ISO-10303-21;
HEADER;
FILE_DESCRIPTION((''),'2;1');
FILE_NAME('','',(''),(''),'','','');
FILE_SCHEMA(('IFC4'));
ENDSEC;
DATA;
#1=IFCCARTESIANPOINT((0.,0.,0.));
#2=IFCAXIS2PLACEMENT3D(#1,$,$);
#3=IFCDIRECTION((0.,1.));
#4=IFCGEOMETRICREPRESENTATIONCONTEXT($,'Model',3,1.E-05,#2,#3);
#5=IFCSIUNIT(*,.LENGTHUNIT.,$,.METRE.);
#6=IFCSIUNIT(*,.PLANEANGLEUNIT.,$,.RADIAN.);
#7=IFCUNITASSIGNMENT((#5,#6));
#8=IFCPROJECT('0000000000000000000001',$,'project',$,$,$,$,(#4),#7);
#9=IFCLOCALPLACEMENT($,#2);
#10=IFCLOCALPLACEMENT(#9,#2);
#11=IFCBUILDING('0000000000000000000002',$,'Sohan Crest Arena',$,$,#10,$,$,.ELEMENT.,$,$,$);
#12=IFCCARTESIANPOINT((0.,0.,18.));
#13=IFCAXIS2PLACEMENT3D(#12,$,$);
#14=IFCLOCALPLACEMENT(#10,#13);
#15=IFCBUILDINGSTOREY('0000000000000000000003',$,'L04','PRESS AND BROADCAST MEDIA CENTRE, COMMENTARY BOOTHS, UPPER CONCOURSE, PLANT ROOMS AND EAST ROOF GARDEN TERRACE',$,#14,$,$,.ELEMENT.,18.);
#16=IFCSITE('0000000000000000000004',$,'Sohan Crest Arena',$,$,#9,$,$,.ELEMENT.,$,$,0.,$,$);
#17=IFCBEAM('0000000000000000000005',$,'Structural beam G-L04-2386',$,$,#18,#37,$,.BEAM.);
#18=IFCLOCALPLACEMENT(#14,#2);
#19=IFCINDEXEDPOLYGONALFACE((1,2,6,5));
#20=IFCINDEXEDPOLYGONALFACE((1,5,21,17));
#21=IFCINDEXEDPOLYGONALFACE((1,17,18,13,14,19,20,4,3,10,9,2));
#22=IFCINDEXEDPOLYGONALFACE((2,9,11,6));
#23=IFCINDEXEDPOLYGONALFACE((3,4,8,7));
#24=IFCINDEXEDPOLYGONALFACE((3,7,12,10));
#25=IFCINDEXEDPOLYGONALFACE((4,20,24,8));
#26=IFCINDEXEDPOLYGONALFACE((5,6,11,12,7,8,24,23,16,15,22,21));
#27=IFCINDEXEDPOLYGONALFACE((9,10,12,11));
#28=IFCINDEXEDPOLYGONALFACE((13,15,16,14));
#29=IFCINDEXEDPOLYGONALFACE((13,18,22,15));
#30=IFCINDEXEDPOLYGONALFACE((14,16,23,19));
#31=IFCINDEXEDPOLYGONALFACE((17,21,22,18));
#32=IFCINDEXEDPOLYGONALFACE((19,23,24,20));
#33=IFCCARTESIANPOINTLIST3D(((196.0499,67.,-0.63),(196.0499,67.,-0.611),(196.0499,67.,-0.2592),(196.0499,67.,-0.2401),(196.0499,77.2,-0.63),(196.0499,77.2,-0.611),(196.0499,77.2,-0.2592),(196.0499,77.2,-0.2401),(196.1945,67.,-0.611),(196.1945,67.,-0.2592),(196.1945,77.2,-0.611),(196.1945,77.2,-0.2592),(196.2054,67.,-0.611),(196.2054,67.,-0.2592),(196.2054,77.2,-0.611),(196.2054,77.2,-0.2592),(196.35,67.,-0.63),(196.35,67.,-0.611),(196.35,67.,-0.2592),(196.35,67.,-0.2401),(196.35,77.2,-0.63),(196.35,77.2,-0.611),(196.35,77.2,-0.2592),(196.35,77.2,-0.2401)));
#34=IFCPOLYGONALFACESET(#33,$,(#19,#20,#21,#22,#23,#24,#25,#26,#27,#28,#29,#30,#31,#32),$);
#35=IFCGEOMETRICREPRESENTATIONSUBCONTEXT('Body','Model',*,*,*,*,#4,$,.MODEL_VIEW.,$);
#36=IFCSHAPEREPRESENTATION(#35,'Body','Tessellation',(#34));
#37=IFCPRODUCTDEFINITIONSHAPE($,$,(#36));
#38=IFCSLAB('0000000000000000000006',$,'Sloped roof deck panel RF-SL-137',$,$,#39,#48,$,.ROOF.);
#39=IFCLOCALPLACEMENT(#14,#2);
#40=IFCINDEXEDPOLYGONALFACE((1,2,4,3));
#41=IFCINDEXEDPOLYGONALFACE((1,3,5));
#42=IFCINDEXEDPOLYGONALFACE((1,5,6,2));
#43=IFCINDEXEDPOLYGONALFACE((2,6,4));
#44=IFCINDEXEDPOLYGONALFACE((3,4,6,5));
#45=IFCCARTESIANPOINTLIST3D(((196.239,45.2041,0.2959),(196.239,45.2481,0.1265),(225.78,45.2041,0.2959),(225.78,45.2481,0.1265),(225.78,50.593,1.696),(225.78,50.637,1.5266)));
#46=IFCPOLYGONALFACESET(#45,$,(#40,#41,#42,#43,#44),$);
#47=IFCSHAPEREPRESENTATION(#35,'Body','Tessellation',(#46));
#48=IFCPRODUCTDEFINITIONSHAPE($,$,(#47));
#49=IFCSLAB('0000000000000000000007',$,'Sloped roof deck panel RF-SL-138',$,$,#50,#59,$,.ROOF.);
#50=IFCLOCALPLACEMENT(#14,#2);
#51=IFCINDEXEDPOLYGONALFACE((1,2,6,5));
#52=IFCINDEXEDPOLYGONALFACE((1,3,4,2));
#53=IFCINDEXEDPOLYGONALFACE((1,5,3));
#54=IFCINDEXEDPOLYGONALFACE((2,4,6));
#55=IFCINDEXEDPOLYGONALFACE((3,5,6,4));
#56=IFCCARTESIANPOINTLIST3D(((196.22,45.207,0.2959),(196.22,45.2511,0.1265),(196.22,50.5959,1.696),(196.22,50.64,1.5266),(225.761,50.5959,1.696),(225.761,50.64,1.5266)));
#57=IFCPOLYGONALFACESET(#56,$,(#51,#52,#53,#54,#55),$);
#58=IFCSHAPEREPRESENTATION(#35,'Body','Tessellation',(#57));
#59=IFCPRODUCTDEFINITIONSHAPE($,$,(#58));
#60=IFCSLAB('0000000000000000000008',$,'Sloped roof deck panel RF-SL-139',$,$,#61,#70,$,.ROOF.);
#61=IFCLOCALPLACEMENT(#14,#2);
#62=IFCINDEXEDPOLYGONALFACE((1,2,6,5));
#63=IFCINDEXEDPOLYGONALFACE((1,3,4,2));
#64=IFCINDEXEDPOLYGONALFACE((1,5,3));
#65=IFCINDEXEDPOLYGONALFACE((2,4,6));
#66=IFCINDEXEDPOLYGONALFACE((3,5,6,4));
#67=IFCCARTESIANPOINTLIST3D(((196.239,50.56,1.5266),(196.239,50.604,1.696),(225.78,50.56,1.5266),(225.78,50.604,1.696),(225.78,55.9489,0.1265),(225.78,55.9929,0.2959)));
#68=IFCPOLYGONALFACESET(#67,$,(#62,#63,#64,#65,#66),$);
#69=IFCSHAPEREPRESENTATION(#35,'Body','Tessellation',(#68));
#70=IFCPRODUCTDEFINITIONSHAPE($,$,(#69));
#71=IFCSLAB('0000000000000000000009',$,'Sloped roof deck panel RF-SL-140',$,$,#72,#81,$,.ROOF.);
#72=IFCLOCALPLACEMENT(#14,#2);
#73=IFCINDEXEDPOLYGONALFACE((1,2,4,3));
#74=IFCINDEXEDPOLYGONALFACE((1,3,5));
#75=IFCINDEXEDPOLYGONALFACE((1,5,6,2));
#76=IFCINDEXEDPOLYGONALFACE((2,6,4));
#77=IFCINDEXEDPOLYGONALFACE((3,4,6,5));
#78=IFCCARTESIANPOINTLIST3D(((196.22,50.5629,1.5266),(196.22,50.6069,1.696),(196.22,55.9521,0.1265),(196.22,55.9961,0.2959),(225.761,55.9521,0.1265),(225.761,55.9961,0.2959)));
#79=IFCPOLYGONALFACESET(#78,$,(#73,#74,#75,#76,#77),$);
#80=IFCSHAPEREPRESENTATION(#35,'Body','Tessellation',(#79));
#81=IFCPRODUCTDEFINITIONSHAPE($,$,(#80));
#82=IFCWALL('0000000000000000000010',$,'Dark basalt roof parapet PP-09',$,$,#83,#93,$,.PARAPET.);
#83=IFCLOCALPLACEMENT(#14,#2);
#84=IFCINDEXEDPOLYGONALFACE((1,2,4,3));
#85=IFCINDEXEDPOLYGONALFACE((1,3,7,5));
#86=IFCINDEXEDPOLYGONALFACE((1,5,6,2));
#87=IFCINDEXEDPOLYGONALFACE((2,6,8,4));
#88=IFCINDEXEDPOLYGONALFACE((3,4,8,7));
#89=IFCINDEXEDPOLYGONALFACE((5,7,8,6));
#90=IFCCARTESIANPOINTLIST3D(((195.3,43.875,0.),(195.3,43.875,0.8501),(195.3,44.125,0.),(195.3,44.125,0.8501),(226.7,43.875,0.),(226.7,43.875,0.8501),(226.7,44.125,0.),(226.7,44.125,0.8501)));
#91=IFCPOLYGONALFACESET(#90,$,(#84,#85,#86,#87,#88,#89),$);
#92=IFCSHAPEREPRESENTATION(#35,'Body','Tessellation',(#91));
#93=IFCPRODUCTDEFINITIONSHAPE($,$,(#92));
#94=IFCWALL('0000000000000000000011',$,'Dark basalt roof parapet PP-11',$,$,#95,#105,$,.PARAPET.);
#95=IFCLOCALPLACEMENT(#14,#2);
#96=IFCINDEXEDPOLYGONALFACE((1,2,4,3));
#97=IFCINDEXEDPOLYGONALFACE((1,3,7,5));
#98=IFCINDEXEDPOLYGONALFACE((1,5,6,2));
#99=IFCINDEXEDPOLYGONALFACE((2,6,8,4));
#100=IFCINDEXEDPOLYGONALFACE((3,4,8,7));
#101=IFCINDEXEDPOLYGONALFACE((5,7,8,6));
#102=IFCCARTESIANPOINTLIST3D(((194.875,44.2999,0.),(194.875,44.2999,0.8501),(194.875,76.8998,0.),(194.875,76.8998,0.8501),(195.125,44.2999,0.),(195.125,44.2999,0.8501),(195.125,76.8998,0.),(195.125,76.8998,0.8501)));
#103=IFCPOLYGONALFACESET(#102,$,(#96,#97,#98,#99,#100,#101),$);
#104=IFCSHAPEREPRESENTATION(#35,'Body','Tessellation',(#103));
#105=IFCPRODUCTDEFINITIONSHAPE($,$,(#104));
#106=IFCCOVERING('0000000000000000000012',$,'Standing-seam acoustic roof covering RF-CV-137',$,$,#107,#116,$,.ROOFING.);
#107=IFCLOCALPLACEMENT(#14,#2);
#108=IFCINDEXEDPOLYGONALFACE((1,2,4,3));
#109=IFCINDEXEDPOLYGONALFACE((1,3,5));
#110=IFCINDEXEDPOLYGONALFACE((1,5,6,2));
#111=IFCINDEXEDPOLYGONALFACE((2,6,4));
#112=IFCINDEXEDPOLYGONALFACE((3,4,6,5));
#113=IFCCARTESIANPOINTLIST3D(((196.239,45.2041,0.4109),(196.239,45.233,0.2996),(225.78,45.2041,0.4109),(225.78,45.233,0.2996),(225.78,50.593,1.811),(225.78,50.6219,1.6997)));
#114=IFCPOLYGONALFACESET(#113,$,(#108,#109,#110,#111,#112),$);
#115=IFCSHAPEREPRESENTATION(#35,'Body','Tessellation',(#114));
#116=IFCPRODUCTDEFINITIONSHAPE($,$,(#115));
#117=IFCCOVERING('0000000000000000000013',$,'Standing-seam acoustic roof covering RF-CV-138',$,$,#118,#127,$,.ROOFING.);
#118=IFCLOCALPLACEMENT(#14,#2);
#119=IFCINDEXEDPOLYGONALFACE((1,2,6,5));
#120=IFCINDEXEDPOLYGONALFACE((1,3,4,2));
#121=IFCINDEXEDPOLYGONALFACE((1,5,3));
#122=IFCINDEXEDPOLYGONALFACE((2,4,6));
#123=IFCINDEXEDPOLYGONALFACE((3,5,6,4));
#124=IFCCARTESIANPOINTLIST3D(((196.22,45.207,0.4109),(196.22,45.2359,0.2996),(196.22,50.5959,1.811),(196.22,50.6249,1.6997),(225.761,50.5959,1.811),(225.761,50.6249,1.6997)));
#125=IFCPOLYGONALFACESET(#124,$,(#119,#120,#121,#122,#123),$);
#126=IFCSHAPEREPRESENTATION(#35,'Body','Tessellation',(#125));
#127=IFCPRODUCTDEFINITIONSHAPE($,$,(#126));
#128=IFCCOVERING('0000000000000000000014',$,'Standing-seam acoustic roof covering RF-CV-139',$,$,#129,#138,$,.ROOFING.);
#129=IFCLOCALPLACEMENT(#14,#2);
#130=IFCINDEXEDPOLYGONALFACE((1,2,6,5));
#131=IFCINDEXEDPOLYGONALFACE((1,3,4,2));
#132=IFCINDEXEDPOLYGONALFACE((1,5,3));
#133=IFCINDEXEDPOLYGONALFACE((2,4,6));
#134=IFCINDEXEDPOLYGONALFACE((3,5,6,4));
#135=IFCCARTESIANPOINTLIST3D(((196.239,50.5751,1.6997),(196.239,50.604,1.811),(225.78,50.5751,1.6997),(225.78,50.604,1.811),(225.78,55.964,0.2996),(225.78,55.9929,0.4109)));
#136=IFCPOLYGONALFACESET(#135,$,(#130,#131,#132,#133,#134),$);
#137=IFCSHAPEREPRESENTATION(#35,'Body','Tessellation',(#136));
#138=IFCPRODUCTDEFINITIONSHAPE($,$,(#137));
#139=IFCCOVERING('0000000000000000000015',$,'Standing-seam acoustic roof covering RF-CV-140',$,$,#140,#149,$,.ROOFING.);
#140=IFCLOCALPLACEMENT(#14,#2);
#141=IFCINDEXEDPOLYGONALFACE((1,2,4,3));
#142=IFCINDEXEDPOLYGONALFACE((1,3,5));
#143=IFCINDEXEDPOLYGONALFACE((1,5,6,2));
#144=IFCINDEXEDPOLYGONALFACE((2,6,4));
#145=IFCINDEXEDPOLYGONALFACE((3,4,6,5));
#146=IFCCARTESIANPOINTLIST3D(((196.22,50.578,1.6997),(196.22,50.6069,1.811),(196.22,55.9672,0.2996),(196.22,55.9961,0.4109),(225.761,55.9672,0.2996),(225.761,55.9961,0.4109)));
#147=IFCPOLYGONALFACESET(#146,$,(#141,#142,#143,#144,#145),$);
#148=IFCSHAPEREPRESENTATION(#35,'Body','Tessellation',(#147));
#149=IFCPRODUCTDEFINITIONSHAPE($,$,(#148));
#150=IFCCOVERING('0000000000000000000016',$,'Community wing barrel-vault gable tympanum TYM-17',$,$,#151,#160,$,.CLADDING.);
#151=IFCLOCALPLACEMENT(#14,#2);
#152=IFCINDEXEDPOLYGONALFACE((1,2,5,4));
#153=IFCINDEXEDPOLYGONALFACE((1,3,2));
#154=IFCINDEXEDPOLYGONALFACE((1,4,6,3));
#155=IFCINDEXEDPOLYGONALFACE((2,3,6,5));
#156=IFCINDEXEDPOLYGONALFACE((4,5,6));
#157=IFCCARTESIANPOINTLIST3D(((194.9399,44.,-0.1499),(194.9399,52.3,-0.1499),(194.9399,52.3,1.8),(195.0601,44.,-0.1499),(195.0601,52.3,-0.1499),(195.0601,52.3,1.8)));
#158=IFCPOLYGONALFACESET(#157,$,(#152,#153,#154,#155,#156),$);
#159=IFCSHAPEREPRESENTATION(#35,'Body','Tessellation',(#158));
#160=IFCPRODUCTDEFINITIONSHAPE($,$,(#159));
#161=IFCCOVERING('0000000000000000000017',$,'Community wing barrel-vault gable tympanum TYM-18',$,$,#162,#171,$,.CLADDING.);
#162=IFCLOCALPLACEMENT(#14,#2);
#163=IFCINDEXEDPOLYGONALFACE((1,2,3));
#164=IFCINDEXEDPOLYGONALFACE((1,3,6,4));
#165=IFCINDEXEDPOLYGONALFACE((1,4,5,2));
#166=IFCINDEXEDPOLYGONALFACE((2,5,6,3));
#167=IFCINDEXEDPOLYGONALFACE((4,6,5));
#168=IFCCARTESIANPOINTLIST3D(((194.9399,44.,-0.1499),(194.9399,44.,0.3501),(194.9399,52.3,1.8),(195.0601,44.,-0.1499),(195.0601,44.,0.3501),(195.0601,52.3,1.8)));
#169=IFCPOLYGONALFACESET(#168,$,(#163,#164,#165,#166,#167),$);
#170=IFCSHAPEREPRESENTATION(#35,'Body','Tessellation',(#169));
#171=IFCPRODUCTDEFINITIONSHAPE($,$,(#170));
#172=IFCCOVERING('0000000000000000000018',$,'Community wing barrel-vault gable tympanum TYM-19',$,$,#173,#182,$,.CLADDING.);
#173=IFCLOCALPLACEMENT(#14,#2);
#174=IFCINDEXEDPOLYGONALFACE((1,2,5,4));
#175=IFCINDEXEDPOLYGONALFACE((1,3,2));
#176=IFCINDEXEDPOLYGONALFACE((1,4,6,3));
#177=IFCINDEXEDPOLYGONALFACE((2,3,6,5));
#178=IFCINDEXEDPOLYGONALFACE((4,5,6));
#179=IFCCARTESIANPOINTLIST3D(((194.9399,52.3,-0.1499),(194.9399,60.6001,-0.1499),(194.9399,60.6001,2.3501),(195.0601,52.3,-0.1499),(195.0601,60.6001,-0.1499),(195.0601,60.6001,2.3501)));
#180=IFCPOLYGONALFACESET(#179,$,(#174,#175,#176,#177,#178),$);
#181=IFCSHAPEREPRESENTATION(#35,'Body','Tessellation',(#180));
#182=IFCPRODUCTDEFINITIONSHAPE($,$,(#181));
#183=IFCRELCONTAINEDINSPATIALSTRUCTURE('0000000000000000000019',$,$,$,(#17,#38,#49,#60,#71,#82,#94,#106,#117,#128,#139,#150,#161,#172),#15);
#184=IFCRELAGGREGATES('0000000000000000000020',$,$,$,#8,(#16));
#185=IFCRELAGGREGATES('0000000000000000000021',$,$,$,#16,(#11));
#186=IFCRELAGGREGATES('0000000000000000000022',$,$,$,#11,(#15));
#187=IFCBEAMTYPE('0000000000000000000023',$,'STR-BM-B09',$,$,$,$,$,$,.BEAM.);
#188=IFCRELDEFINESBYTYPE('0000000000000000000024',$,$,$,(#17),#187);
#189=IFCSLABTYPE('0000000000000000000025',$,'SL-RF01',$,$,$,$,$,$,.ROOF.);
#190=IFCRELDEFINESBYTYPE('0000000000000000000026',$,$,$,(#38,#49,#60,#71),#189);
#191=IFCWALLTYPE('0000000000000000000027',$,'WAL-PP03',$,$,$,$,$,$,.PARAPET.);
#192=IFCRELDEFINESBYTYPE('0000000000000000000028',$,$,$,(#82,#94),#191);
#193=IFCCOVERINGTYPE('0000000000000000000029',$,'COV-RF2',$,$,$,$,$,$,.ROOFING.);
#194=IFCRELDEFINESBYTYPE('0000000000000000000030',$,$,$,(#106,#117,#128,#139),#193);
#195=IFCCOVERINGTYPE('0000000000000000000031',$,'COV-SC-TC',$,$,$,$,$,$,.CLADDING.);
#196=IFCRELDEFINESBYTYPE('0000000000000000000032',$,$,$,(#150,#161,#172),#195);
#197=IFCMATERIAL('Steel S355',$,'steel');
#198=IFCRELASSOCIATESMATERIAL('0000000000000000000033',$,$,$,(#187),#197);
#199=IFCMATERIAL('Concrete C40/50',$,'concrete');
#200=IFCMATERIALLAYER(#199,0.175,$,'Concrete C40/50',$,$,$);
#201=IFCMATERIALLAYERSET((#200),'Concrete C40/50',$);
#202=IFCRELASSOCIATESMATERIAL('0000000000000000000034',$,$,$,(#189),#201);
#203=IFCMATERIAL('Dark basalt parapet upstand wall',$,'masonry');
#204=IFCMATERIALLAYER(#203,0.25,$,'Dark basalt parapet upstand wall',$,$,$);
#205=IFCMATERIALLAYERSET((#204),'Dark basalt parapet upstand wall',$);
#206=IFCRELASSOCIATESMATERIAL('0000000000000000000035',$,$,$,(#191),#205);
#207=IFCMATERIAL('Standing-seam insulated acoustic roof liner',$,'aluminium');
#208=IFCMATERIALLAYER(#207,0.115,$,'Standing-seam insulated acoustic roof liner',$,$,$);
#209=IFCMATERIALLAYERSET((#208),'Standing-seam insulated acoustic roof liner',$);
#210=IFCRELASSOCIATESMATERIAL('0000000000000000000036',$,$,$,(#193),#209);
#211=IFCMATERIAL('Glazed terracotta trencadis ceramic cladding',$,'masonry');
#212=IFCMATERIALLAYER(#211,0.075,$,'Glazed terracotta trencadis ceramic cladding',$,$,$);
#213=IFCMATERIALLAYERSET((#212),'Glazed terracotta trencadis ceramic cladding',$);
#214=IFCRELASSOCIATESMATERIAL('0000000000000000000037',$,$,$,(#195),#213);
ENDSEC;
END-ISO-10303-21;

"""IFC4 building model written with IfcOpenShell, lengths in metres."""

from ifc_helpers import new_model, si_unit, direction, frame, frame_2d, origin, origin_2d, place, context, subcontext, project, spatial, polyline, rectangle, i_section, outline, extrude, material, layer, layer_set, material_profile, profile_set, type_object, element, save


model = new_model("IFC4")

# Units and contexts
model_context = context("Model", 3, precision=1e-05, world=origin(), true_north=direction((0.0, 1.0)))
body_context = subcontext(model_context, "Body", "Model", "MODEL_VIEW")
ifc_project = project(units=[si_unit("LENGTHUNIT", "METRE"), si_unit("PLANEANGLEUNIT", "RADIAN")], contexts=[model_context])

# Site, building, storey
site_placement = place(None, origin())
site = spatial("IfcSite", under=ifc_project, at=site_placement, Name="Sohan Crest Arena", CompositionType="ELEMENT", RefElevation=0.0)
building_placement = place(site_placement, origin())
building = spatial("IfcBuilding", under=site, at=building_placement, Name="Sohan Crest Arena", CompositionType="ELEMENT")
storey_placement = place(building_placement, frame((0.0, 0.0, 18.0)))
storey = spatial("IfcBuildingStorey", under=building, at=storey_placement, Name="L04", Description="PRESS AND BROADCAST MEDIA CENTRE, COMMENTARY BOOTHS, UPPER CONCOURSE, PLANT ROOMS AND EAST ROOF GARDEN TERRACE", CompositionType="ELEMENT", Elevation=18.0)

# Beam
ifc_material_1 = material(Name="Steel S355", Category="steel")
ifc_material_profile_1 = material_profile(ifc_material_1, i_section(OverallWidth=0.3, OverallDepth=0.3899, WebThickness=0.011, FlangeThickness=0.019, at=origin_2d()), Name="HEA 400")
ifc_profile_set_1 = profile_set([ifc_material_profile_1], Name="Steel S355")
beam_type_1 = type_object("IfcBeamType", Name="STR-BM-B09", PredefinedType="BEAM", material=ifc_profile_set_1)
beam_1_placement = place(storey_placement, frame((196.2, 67.0, -0.4351), z_axis=(0.0, 1.0, 0.0), x_axis=(-1.0, 0.0, 0.0)))
element("IfcBeam", 1, at=beam_1_placement, inside=storey, type_object=beam_type_1, Name="Structural beam G-L04-2386", PredefinedType="BEAM", context=body_context, shape_type="SweptSolid", body=[
    extrude(i_section(OverallWidth=0.3, OverallDepth=0.3899, WebThickness=0.011, FlangeThickness=0.019, at=origin_2d()), origin(), (0.0, 0.0, 1.0), 10.2),
])

# Slabs
ifc_material_2 = material(Name="Concrete C40/50", Category="concrete")
ifc_layer_1 = layer(ifc_material_2, 0.175, Name="Concrete C40/50")
ifc_layer_set_1 = layer_set([ifc_layer_1], Name="Concrete C40/50")
slab_type = type_object("IfcSlabType", Name="SL-RF01", PredefinedType="ROOF", material=ifc_layer_set_1)
slab_1_placement = place(storey_placement, frame((196.239, 45.2041, 0.2959), z_axis=(0.0, -0.25147, 0.967865), x_axis=(1.0, 0.0, 0.0)))
element("IfcSlab", 2, at=slab_1_placement, inside=storey, type_object=slab_type, Name="Sloped roof deck panel RF-SL-137", PredefinedType="ROOF", context=body_context, shape_type="SweptSolid", body=[
    extrude(outline(polyline([(0.0, 0.0), (29.541, 0.0), (29.541, 5.5678), (0.0, 0.0)])), origin(), (0.0, 0.0, -1.0), 0.175),
])
slab_2_placement = place(storey_placement, frame((196.22, 45.207, 0.2959), z_axis=(0.0, -0.25147, 0.967865), x_axis=(0.982698, 0.179265, 0.046577)))
element("IfcSlab", 3, at=slab_2_placement, inside=storey, type_object=slab_type, Name="Sloped roof deck panel RF-SL-138", PredefinedType="ROOF", context=body_context, shape_type="SweptSolid", body=[
    extrude(outline(polyline([(0.0, 0.0), (30.0611, 0.0), (1.0313, 5.4715), (0.0, 0.0)])), origin(), (0.0, 0.0, -1.0), 0.175),
])
slab_3_placement = place(storey_placement, frame((196.239, 50.604, 1.696), z_axis=(0.0, 0.25147, 0.967865), x_axis=(1.0, 0.0, 0.0)))
element("IfcSlab", 4, at=slab_3_placement, inside=storey, type_object=slab_type, Name="Sloped roof deck panel RF-SL-139", PredefinedType="ROOF", context=body_context, shape_type="SweptSolid", body=[
    extrude(outline(polyline([(0.0, 0.0), (29.541, 0.0), (29.541, 5.5678), (0.0, 0.0)])), origin(), (0.0, 0.0, -1.0), 0.175),
])
slab_4_placement = place(storey_placement, frame((196.22, 50.6069, 1.696), z_axis=(0.0, 0.25146, 0.967868), x_axis=(0.982696, 0.179273, -0.046577)))
element("IfcSlab", 5, at=slab_4_placement, inside=storey, type_object=slab_type, Name="Sloped roof deck panel RF-SL-140", PredefinedType="ROOF", context=body_context, shape_type="SweptSolid", body=[
    extrude(outline(polyline([(0.0, 0.0), (30.0612, 0.0), (1.0313, 5.4717), (0.0, 0.0)])), origin(), (0.0, 0.0, -1.0), 0.175),
])

# Walls
ifc_material_3 = material(Name="Dark basalt parapet upstand wall", Category="masonry")
ifc_layer_2 = layer(ifc_material_3, 0.25, Name="Dark basalt parapet upstand wall")
ifc_layer_set_2 = layer_set([ifc_layer_2], Name="Dark basalt parapet upstand wall")
wall_type = type_object("IfcWallType", Name="WAL-PP03", PredefinedType="PARAPET", material=ifc_layer_set_2)
wall_1_placement = place(storey_placement, frame((195.3, 44.0, 0.0), z_axis=(0.0, 0.0, 1.0), x_axis=(1.0, 0.0, 0.0)))
element("IfcWall", 6, at=wall_1_placement, inside=storey, type_object=wall_type, Name="Dark basalt roof parapet PP-09", PredefinedType="PARAPET", context=body_context, shape_type="SweptSolid", body=[
    extrude(rectangle(XDim=31.3999, YDim=0.25, at=frame_2d((15.7, 0.0))), origin(), (0.0, 0.0, 1.0), 0.8501),
])
wall_2_placement = place(storey_placement, frame((195.0, 44.3, 0.0), z_axis=(0.0, 0.0, 1.0), x_axis=(0.0, 1.0, 0.0)))
element("IfcWall", 7, at=wall_2_placement, inside=storey, type_object=wall_type, Name="Dark basalt roof parapet PP-11", PredefinedType="PARAPET", context=body_context, shape_type="SweptSolid", body=[
    extrude(rectangle(XDim=32.5999, YDim=0.25, at=frame_2d((16.2998, 0.0))), origin(), (0.0, 0.0, 1.0), 0.8501),
])

# Coverings
ifc_material_4 = material(Name="Standing-seam insulated acoustic roof liner", Category="aluminium")
ifc_layer_3 = layer(ifc_material_4, 0.115, Name="Standing-seam insulated acoustic roof liner")
ifc_layer_set_3 = layer_set([ifc_layer_3], Name="Standing-seam insulated acoustic roof liner")
covering_type_1 = type_object("IfcCoveringType", Name="COV-RF2", PredefinedType="ROOFING", material=ifc_layer_set_3)
covering_1_placement = place(storey_placement, frame((196.239, 45.2041, 0.4109), z_axis=(0.0, -0.25147, 0.967865), x_axis=(1.0, 0.0, 0.0)))
element("IfcCovering", 8, at=covering_1_placement, inside=storey, type_object=covering_type_1, Name="Standing-seam acoustic roof covering RF-CV-137", PredefinedType="ROOFING", context=body_context, shape_type="SweptSolid", body=[
    extrude(outline(polyline([(0.0, 0.0), (29.541, 0.0), (29.541, 5.5678), (0.0, 0.0)])), origin(), (0.0, 0.0, -1.0), 0.115),
])
covering_2_placement = place(storey_placement, frame((196.22, 45.207, 0.4109), z_axis=(0.0, -0.25147, 0.967865), x_axis=(0.982698, 0.179265, 0.046577)))
element("IfcCovering", 9, at=covering_2_placement, inside=storey, type_object=covering_type_1, Name="Standing-seam acoustic roof covering RF-CV-138", PredefinedType="ROOFING", context=body_context, shape_type="SweptSolid", body=[
    extrude(outline(polyline([(0.0, 0.0), (30.0611, 0.0), (1.0313, 5.4715), (0.0, 0.0)])), origin(), (0.0, 0.0, -1.0), 0.115),
])
covering_3_placement = place(storey_placement, frame((196.239, 50.604, 1.811), z_axis=(0.0, 0.25147, 0.967865), x_axis=(1.0, 0.0, 0.0)))
element("IfcCovering", 10, at=covering_3_placement, inside=storey, type_object=covering_type_1, Name="Standing-seam acoustic roof covering RF-CV-139", PredefinedType="ROOFING", context=body_context, shape_type="SweptSolid", body=[
    extrude(outline(polyline([(0.0, 0.0), (29.541, 0.0), (29.541, 5.5678), (0.0, 0.0)])), origin(), (0.0, 0.0, -1.0), 0.115),
])
covering_4_placement = place(storey_placement, frame((196.22, 50.6069, 1.811), z_axis=(0.0, 0.25146, 0.967868), x_axis=(0.982696, 0.179273, -0.046577)))
element("IfcCovering", 11, at=covering_4_placement, inside=storey, type_object=covering_type_1, Name="Standing-seam acoustic roof covering RF-CV-140", PredefinedType="ROOFING", context=body_context, shape_type="SweptSolid", body=[
    extrude(outline(polyline([(0.0, 0.0), (30.0612, 0.0), (1.0313, 5.4717), (0.0, 0.0)])), origin(), (0.0, 0.0, -1.0), 0.115),
])
ifc_material_5 = material(Name="Glazed terracotta trencadis ceramic cladding", Category="masonry")
ifc_layer_4 = layer(ifc_material_5, 0.075, Name="Glazed terracotta trencadis ceramic cladding")
ifc_layer_set_4 = layer_set([ifc_layer_4], Name="Glazed terracotta trencadis ceramic cladding")
covering_type_2 = type_object("IfcCoveringType", Name="COV-SC-TC", PredefinedType="CLADDING", material=ifc_layer_set_4)
covering_5_placement = place(storey_placement, frame((195.0601, 44.0, -0.1499), z_axis=(1.0, 0.0, 0.0), x_axis=(0.0, 1.0, 0.0)))
element("IfcCovering", 12, at=covering_5_placement, inside=storey, type_object=covering_type_2, Name="Community wing barrel-vault gable tympanum TYM-17", PredefinedType="CLADDING", context=body_context, shape_type="SweptSolid", body=[
    extrude(outline(polyline([(0.0, 0.0), (8.3, 0.0), (8.3, 1.95), (0.0, 0.0)])), origin(), (0.0, 0.0, -1.0), 0.1201),
])
covering_6_placement = place(storey_placement, frame((195.0601, 44.0, -0.1499), z_axis=(1.0, 0.0, 0.0), x_axis=(0.0, 0.973496, 0.228706)))
element("IfcCovering", 13, at=covering_6_placement, inside=storey, type_object=covering_type_2, Name="Community wing barrel-vault gable tympanum TYM-18", PredefinedType="CLADDING", context=body_context, shape_type="SweptSolid", body=[
    extrude(outline(polyline([(0.0, 0.0), (8.526, 0.0), (0.1144, 0.4867), (0.0, 0.0)])), origin(), (0.0, 0.0, -1.0), 0.1201),
])
covering_7_placement = place(storey_placement, frame((195.0601, 52.3, -0.1499), z_axis=(1.0, 0.0, 0.0), x_axis=(0.0, 1.0, 0.0)))
element("IfcCovering", 14, at=covering_7_placement, inside=storey, type_object=covering_type_2, Name="Community wing barrel-vault gable tympanum TYM-19", PredefinedType="CLADDING", context=body_context, shape_type="SweptSolid", body=[
    extrude(outline(polyline([(0.0, 0.0), (8.3, 0.0), (8.3, 2.5), (0.0, 0.0)])), origin(), (0.0, 0.0, -1.0), 0.1201),
])

save(model, "model.ifc")
